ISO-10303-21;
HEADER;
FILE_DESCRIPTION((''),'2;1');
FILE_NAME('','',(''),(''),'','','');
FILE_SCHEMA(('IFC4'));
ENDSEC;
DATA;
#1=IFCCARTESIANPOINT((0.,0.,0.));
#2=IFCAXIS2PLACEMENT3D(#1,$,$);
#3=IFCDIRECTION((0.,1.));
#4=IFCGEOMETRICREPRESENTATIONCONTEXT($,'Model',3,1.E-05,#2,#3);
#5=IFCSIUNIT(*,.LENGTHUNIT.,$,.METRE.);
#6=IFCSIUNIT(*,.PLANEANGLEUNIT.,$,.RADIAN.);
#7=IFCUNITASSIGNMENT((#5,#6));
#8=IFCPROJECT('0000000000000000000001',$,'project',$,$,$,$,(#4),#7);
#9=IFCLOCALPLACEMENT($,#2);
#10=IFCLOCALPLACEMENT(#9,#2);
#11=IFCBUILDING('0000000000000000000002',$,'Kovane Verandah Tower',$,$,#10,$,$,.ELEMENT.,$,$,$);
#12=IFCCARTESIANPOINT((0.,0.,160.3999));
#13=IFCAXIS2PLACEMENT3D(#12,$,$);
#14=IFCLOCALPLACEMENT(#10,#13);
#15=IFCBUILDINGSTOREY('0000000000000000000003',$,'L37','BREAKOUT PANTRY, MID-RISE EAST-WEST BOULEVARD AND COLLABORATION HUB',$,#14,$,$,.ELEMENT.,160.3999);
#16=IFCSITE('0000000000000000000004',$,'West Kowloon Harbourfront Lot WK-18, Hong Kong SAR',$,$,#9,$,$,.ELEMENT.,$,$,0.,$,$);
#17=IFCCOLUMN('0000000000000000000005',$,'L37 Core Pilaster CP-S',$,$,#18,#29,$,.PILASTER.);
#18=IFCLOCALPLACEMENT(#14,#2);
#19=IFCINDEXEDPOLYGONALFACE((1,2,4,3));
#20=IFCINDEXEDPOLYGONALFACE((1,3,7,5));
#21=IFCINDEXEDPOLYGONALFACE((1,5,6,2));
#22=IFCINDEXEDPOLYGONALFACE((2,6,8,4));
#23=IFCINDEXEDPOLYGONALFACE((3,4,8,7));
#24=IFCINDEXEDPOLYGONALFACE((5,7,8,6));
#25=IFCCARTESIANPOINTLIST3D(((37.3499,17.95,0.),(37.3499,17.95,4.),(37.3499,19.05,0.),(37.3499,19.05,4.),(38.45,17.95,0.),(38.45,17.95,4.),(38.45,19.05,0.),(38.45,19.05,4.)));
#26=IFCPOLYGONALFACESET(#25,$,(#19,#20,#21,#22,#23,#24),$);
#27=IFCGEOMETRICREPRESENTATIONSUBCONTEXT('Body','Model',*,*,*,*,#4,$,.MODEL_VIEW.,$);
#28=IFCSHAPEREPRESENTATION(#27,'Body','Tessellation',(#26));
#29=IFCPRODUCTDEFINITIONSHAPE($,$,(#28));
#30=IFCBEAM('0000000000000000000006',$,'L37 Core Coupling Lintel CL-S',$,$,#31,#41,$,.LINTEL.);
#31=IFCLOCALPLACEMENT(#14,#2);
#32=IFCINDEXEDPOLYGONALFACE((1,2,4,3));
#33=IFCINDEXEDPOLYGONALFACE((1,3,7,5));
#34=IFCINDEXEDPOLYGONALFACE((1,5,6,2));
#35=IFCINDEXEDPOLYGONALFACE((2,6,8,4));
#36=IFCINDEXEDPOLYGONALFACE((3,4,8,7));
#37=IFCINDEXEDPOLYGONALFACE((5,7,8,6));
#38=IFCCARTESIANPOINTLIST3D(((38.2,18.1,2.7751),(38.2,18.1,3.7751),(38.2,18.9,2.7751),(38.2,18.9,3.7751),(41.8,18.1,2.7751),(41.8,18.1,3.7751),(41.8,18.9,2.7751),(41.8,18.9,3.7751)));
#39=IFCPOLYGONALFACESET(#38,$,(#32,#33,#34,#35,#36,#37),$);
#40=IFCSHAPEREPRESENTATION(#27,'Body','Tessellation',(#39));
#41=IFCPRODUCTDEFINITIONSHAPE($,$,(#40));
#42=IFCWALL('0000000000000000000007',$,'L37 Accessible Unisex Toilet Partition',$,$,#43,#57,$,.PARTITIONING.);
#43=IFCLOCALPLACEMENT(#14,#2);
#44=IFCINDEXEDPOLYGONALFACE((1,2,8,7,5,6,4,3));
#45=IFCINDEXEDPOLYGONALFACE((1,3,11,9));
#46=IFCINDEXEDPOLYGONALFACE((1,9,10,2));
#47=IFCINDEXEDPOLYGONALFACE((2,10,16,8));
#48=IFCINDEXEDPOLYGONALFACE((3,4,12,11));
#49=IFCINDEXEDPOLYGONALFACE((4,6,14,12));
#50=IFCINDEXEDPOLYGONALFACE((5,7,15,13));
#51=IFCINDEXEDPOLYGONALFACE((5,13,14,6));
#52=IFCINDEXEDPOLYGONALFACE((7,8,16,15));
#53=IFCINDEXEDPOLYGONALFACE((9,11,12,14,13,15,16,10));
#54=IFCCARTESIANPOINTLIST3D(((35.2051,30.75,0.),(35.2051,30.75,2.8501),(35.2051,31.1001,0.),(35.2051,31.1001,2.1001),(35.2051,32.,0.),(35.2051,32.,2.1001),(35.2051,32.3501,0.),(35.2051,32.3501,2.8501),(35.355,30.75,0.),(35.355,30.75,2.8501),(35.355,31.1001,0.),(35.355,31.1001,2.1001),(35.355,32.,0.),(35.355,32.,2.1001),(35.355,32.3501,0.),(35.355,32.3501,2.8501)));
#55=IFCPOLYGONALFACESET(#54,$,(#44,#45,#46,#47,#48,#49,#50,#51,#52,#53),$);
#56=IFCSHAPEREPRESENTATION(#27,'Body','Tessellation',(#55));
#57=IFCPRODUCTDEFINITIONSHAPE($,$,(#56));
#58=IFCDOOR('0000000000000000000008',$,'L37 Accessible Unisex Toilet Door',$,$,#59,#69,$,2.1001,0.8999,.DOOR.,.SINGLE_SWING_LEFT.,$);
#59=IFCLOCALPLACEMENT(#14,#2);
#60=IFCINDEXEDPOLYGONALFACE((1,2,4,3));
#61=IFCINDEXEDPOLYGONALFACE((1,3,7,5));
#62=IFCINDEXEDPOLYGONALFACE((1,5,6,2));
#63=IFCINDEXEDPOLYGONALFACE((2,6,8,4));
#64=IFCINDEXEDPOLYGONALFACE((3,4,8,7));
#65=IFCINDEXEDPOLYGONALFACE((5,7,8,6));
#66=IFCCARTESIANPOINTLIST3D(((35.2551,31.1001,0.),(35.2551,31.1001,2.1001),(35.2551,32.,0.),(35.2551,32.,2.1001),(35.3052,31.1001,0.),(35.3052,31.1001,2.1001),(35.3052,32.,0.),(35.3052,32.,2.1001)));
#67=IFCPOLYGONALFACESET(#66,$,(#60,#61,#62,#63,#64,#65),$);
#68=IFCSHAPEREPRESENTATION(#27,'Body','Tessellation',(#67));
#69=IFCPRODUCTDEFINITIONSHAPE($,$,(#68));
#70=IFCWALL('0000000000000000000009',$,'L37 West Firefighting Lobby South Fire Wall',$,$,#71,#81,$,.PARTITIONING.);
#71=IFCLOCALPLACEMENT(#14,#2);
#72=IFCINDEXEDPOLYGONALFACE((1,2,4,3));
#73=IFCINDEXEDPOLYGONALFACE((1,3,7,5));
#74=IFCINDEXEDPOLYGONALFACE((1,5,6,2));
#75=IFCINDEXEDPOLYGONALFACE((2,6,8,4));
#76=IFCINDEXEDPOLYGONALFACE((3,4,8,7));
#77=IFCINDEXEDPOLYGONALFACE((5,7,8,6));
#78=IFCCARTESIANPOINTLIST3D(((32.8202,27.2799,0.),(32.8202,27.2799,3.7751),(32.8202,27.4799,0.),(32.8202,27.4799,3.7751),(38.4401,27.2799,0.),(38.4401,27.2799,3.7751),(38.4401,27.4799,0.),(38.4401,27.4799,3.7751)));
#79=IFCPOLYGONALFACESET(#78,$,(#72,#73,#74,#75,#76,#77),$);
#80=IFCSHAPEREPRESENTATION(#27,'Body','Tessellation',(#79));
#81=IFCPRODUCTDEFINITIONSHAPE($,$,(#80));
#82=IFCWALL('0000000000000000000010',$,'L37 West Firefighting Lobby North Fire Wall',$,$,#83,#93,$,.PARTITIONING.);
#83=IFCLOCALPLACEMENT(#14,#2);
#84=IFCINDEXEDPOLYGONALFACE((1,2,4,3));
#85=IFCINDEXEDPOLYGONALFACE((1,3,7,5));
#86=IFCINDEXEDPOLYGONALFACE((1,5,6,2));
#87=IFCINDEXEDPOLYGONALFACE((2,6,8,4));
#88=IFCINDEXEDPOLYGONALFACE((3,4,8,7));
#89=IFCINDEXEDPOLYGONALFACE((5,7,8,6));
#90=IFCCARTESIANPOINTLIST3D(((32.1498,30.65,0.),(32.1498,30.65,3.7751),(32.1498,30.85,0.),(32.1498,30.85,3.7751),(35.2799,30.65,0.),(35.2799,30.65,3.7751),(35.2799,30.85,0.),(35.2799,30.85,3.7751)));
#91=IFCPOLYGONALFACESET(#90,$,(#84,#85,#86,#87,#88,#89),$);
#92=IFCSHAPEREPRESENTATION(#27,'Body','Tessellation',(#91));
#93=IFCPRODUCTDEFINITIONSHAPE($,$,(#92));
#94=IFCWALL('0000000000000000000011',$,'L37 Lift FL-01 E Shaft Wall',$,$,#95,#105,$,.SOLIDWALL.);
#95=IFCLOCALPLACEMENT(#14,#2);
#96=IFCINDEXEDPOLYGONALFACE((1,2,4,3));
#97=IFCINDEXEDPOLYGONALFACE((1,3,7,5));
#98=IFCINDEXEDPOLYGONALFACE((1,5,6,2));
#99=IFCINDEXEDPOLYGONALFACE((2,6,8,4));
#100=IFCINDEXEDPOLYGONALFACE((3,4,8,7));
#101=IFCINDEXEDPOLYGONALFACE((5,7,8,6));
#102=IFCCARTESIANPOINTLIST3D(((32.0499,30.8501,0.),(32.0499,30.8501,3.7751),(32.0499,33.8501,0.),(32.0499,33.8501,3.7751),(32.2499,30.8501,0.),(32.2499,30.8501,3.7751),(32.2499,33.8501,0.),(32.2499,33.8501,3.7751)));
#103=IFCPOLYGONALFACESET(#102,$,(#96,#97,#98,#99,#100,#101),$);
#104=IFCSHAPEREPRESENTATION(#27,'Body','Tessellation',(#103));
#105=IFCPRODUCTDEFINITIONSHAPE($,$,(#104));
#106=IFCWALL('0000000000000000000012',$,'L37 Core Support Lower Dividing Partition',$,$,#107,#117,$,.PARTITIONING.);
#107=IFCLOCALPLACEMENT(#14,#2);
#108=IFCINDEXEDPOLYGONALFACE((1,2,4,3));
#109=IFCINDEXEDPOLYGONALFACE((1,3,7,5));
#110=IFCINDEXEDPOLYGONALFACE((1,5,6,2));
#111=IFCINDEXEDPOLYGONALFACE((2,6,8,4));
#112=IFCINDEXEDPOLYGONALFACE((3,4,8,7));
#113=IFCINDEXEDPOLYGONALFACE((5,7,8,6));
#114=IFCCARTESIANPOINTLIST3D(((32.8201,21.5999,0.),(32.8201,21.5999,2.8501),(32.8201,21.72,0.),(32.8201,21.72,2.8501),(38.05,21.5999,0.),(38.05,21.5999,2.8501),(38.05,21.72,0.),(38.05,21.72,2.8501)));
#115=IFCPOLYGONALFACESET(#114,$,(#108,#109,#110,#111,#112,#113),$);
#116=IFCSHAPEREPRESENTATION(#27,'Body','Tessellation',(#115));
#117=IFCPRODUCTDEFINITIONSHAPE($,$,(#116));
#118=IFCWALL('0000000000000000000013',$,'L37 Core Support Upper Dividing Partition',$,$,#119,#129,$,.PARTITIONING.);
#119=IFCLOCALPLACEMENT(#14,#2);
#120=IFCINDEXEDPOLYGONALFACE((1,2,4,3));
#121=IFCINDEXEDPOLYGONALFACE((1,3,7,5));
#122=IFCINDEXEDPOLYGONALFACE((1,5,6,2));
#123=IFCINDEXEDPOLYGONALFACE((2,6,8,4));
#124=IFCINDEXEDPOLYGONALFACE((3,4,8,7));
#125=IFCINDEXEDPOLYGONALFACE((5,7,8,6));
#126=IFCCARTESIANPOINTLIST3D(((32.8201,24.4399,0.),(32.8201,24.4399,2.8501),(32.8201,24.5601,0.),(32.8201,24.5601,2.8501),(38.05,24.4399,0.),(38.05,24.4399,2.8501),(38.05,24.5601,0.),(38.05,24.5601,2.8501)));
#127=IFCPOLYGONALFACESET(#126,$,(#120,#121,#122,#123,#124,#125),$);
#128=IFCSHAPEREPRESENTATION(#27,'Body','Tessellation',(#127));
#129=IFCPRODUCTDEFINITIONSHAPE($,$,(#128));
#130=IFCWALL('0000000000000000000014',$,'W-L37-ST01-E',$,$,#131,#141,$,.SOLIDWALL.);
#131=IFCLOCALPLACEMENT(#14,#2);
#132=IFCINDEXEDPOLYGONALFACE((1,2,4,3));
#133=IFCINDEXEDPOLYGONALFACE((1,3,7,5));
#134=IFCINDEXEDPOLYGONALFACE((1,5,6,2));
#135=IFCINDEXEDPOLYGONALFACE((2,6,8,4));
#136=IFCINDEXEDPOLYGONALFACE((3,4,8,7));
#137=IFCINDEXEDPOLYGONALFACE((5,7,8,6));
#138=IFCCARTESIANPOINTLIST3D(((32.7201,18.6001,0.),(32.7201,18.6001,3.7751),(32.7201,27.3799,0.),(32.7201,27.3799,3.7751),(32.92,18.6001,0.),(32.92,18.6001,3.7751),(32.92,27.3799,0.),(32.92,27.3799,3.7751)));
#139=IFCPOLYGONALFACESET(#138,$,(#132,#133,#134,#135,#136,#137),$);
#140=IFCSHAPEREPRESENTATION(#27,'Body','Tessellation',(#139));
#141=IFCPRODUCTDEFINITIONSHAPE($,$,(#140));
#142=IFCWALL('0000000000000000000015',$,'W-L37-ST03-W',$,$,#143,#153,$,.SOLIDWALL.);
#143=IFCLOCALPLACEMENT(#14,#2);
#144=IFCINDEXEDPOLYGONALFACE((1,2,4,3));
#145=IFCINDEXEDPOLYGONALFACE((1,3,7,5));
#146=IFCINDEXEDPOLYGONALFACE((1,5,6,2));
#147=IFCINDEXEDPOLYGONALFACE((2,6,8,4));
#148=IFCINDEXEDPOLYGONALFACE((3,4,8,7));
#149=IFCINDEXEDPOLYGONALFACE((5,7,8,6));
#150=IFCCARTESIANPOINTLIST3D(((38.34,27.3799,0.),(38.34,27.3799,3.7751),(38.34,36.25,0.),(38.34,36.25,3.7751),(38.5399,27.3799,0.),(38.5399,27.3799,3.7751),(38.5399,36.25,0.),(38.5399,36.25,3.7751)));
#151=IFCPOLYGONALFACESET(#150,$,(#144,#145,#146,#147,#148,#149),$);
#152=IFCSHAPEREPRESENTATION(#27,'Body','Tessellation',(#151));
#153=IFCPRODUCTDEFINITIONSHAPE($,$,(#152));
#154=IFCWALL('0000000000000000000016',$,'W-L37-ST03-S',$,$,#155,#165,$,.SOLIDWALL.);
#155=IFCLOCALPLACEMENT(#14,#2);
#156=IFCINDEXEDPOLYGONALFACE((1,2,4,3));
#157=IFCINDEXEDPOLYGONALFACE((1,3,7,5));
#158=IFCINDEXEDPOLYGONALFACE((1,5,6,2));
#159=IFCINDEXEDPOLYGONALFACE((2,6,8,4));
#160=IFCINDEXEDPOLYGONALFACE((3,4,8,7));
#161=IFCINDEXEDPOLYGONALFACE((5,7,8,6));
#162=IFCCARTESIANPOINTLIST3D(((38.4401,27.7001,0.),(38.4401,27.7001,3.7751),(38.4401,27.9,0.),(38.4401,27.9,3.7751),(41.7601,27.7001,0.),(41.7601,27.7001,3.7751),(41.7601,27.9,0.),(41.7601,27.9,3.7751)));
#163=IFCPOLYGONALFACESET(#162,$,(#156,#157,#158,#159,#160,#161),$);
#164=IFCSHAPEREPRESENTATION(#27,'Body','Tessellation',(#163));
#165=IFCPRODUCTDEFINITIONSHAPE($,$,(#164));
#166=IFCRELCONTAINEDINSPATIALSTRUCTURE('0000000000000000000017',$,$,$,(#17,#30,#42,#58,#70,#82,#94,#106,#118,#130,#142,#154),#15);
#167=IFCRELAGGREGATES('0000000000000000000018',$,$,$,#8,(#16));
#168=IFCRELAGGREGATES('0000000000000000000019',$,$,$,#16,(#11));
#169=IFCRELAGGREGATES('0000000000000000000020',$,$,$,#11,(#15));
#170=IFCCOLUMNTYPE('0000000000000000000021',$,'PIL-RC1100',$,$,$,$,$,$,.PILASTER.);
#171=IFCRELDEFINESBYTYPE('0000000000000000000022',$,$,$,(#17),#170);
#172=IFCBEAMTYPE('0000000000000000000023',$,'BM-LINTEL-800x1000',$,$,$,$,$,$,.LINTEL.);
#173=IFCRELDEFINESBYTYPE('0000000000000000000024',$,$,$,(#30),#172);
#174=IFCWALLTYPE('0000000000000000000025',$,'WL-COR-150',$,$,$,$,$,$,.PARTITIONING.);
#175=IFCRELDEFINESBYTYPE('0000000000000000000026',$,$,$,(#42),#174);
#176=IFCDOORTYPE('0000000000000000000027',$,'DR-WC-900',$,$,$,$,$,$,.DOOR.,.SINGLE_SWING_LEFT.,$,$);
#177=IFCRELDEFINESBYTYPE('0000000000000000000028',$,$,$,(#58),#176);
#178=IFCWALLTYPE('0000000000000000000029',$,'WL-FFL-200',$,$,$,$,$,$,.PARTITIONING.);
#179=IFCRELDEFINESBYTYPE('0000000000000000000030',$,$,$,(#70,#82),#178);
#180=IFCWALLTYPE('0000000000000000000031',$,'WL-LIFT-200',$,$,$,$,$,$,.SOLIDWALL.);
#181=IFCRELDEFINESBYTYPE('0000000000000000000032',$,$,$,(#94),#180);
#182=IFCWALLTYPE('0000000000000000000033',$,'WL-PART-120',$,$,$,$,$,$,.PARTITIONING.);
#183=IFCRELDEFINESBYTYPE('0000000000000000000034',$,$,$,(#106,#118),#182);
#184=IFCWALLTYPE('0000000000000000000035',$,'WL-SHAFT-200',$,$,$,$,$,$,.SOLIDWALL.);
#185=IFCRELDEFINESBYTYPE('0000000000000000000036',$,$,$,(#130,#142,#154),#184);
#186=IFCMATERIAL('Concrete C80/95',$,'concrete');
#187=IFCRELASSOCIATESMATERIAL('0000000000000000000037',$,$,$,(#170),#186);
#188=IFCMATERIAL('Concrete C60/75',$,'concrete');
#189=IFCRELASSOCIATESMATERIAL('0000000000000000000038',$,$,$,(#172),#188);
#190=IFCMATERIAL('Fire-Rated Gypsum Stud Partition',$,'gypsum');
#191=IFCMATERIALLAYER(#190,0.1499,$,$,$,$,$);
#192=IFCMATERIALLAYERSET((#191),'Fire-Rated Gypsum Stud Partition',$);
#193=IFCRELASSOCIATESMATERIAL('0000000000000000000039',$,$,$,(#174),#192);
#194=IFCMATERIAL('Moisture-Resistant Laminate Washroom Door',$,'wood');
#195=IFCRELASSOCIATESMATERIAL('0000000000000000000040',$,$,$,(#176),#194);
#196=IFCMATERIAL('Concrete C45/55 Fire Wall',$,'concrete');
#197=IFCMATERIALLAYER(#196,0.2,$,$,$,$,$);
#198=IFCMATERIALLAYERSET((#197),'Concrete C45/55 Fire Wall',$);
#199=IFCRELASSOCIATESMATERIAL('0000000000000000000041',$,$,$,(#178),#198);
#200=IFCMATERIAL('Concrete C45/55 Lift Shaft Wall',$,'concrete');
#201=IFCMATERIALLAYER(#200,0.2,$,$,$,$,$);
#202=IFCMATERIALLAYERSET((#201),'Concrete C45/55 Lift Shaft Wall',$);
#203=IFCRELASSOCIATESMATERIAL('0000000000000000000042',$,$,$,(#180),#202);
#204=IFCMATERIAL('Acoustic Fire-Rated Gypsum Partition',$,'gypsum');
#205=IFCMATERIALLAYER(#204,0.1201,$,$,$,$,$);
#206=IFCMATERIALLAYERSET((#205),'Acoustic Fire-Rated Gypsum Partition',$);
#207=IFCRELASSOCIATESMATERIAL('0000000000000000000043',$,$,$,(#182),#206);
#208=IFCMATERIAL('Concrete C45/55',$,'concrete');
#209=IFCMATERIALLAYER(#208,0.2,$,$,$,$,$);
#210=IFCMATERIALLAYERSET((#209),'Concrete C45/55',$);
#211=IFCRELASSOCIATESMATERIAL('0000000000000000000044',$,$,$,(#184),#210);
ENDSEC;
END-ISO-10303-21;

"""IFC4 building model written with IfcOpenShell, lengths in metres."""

from ifc_helpers import new_model, si_unit, direction, frame, frame_2d, origin, origin_2d, place, context, subcontext, project, spatial, rectangle, extrude, material, layer, layer_set, material_profile, profile_set, type_object, element, fill, save


model = new_model("IFC4")

# Units and contexts
model_context = context("Model", 3, precision=1e-05, world=origin(), true_north=direction((0.0, 1.0)))
body_context = subcontext(model_context, "Body", "Model", "MODEL_VIEW")
ifc_project = project(units=[si_unit("LENGTHUNIT", "METRE"), si_unit("PLANEANGLEUNIT", "RADIAN")], contexts=[model_context])

# Site, building, storey
site_placement = place(None, origin())
site = spatial("IfcSite", under=ifc_project, at=site_placement, Name="West Kowloon Harbourfront Lot WK-18, Hong Kong SAR", CompositionType="ELEMENT", RefElevation=0.0)
building_placement = place(site_placement, origin())
building = spatial("IfcBuilding", under=site, at=building_placement, Name="Kovane Verandah Tower", CompositionType="ELEMENT")
storey_placement = place(building_placement, frame((0.0, 0.0, 160.3999)))
storey = spatial("IfcBuildingStorey", under=building, at=storey_placement, Name="L37", Description="BREAKOUT PANTRY, MID-RISE EAST-WEST BOULEVARD AND COLLABORATION HUB", CompositionType="ELEMENT", Elevation=160.3999)

# Column
ifc_material_1 = material(Name="Concrete C80/95", Category="concrete")
ifc_material_profile_1 = material_profile(ifc_material_1, rectangle(XDim=1.1001, YDim=1.1001, at=origin_2d()), Name="RC1100x1100")
ifc_profile_set_1 = profile_set([ifc_material_profile_1], Name="Concrete C80/95")
column_type = type_object("IfcColumnType", Name="PIL-RC1100", PredefinedType="PILASTER", material=ifc_profile_set_1)
column_placement = place(storey_placement, frame((37.8999, 18.5, 0.0), z_axis=(0.0, 0.0, 1.0), x_axis=(1.0, 0.0, 0.0)))
element("IfcColumn", 1, at=column_placement, inside=storey, type_object=column_type, Name="L37 Core Pilaster CP-S", PredefinedType="PILASTER", context=body_context, shape_type="SweptSolid", body=[
    extrude(rectangle(XDim=1.1001, YDim=1.1001, at=origin_2d()), origin(), (0.0, 0.0, 1.0), 4.0),
])

# Beam
ifc_material_2 = material(Name="Concrete C60/75", Category="concrete")
ifc_material_profile_2 = material_profile(ifc_material_2, rectangle(XDim=0.8, YDim=1.0, at=origin_2d()), Name="RCB800x1000")
ifc_profile_set_2 = profile_set([ifc_material_profile_2], Name="Concrete C60/75")
beam_type = type_object("IfcBeamType", Name="BM-LINTEL-800x1000", PredefinedType="LINTEL", material=ifc_profile_set_2)
beam_placement = place(storey_placement, frame((38.2, 18.5, 3.2751), z_axis=(1.0, 0.0, 0.0), x_axis=(0.0, 1.0, 0.0)))
element("IfcBeam", 2, at=beam_placement, inside=storey, type_object=beam_type, Name="L37 Core Coupling Lintel CL-S", PredefinedType="LINTEL", context=body_context, shape_type="SweptSolid", body=[
    extrude(rectangle(XDim=0.8, YDim=1.0, at=origin_2d()), origin(), (0.0, 0.0, 1.0), 3.6001),
])

# Wall, opening, door
ifc_material_3 = material(Name="Fire-Rated Gypsum Stud Partition", Category="gypsum")
ifc_layer_1 = layer(ifc_material_3, 0.1499)
ifc_layer_set_1 = layer_set([ifc_layer_1], Name="Fire-Rated Gypsum Stud Partition")
wall_type_1 = type_object("IfcWallType", Name="WL-COR-150", PredefinedType="PARTITIONING", material=ifc_layer_set_1)
wall_1_placement = place(storey_placement, frame((35.28, 30.75, 0.0), z_axis=(0.0, 0.0, 1.0), x_axis=(0.0, 1.0, 0.0)))
wall_1 = element("IfcWall", 3, at=wall_1_placement, inside=storey, type_object=wall_type_1, Name="L37 Accessible Unisex Toilet Partition", PredefinedType="PARTITIONING", context=body_context, shape_type="SweptSolid", body=[
    extrude(rectangle(XDim=1.6001, YDim=0.1499, at=frame_2d((0.8, 0.0))), origin(), (0.0, 0.0, 1.0), 2.8501),
])
opening_1_placement = place(wall_1_placement, frame((0.3501, 0.0, 0.0)))
opening_1 = element("IfcOpeningElement", 4, at=opening_1_placement, cuts=wall_1, PredefinedType="OPENING", context=body_context, shape_type="SweptSolid", body=[
    extrude(rectangle(XDim=0.8999, YDim=2.1001, at=frame_2d((0.45, 1.05))), frame((0.0, 0.075, 0.0), z_axis=(0.0, -1.0, 0.0), x_axis=(1.0, 0.0, 0.0)), (0.0, 0.0, 1.0), 0.1499),
])
ifc_material_4 = material(Name="Moisture-Resistant Laminate Washroom Door", Category="wood")
door_type_1 = type_object("IfcDoorType", Name="DR-WC-900", OperationType="SINGLE_SWING_LEFT", PredefinedType="DOOR", material=ifc_material_4)
door_1_placement = place(opening_1_placement, origin())
door_1 = element("IfcDoor", 5, at=door_1_placement, inside=storey, type_object=door_type_1, Name="L37 Accessible Unisex Toilet Door", OperationType="SINGLE_SWING_LEFT", OverallHeight=2.1001, OverallWidth=0.8999, PredefinedType="DOOR", context=body_context, shape_type="SweptSolid", body=[
    extrude(rectangle(XDim=0.8999, YDim=2.1001, at=frame_2d((0.45, 1.05))), frame((0.0, 0.0249, 0.0), z_axis=(0.0, -1.0, 0.0), x_axis=(1.0, 0.0, 0.0)), (0.0, 0.0, 1.0), 0.05),
])
fill(opening_1, door_1)
ifc_material_5 = material(Name="Concrete C45/55 Fire Wall", Category="concrete")
ifc_layer_2 = layer(ifc_material_5, 0.2)
ifc_layer_set_2 = layer_set([ifc_layer_2], Name="Concrete C45/55 Fire Wall")
wall_type_2 = type_object("IfcWallType", Name="WL-FFL-200", PredefinedType="PARTITIONING", material=ifc_layer_set_2)

# Walls
wall_2_placement = place(storey_placement, frame((32.8201, 27.3799, 0.0), z_axis=(0.0, 0.0, 1.0), x_axis=(1.0, 0.0, 0.0)))
element("IfcWall", 6, at=wall_2_placement, inside=storey, type_object=wall_type_2, Name="L37 West Firefighting Lobby South Fire Wall", PredefinedType="PARTITIONING", context=body_context, shape_type="SweptSolid", body=[
    extrude(rectangle(XDim=5.6199, YDim=0.2, at=frame_2d((2.8101, 0.0))), origin(), (0.0, 0.0, 1.0), 3.7751),
])
wall_3_placement = place(storey_placement, frame((32.1499, 30.75, 0.0), z_axis=(0.0, 0.0, 1.0), x_axis=(1.0, 0.0, 0.0)))
element("IfcWall", 7, at=wall_3_placement, inside=storey, type_object=wall_type_2, Name="L37 West Firefighting Lobby North Fire Wall", PredefinedType="PARTITIONING", context=body_context, shape_type="SweptSolid", body=[
    extrude(rectangle(XDim=3.1301, YDim=0.2, at=frame_2d((1.5649, 0.0))), origin(), (0.0, 0.0, 1.0), 3.7751),
])
ifc_material_6 = material(Name="Concrete C45/55 Lift Shaft Wall", Category="concrete")
ifc_layer_3 = layer(ifc_material_6, 0.2)
ifc_layer_set_3 = layer_set([ifc_layer_3], Name="Concrete C45/55 Lift Shaft Wall")
wall_type_3 = type_object("IfcWallType", Name="WL-LIFT-200", PredefinedType="SOLIDWALL", material=ifc_layer_set_3)
wall_4_placement = place(storey_placement, frame((32.1499, 30.8501, 0.0), z_axis=(0.0, 0.0, 1.0), x_axis=(0.0, 1.0, 0.0)))
element("IfcWall", 8, at=wall_4_placement, inside=storey, type_object=wall_type_3, Name="L37 Lift FL-01 E Shaft Wall", PredefinedType="SOLIDWALL", context=body_context, shape_type="SweptSolid", body=[
    extrude(rectangle(XDim=3.0, YDim=0.2, at=frame_2d((1.5, 0.0))), origin(), (0.0, 0.0, 1.0), 3.7751),
])
ifc_material_7 = material(Name="Acoustic Fire-Rated Gypsum Partition", Category="gypsum")
ifc_layer_4 = layer(ifc_material_7, 0.1201)
ifc_layer_set_4 = layer_set([ifc_layer_4], Name="Acoustic Fire-Rated Gypsum Partition")
wall_type_4 = type_object("IfcWallType", Name="WL-PART-120", PredefinedType="PARTITIONING", material=ifc_layer_set_4)
for number, where, z_axis, x_axis, name in (
    (9, (32.8201, 21.6599, 0.0), (0.0, 0.0, 1.0), (1.0, 0.0, 0.0), "L37 Core Support Lower Dividing Partition"),
    (10, (32.8201, 24.5, 0.0), (0.0, 0.0, 1.0), (1.0, 0.0, 0.0), "L37 Core Support Upper Dividing Partition"),
):
    element("IfcWall", number, at=place(storey_placement, frame(where, z_axis=z_axis, x_axis=x_axis)), inside=storey, type_object=wall_type_4, Name=name, PredefinedType="PARTITIONING", context=body_context, shape_type="SweptSolid", body=[
        extrude(rectangle(XDim=5.23, YDim=0.1201, at=frame_2d((2.615, 0.0))), origin(), (0.0, 0.0, 1.0), 2.8501),
    ])
ifc_material_8 = material(Name="Concrete C45/55", Category="concrete")
ifc_layer_5 = layer(ifc_material_8, 0.2)
ifc_layer_set_5 = layer_set([ifc_layer_5], Name="Concrete C45/55")
wall_type_5 = type_object("IfcWallType", Name="WL-SHAFT-200", PredefinedType="SOLIDWALL", material=ifc_layer_set_5)
wall_5_placement = place(storey_placement, frame((32.8201, 18.6001, 0.0), z_axis=(0.0, 0.0, 1.0), x_axis=(0.0, 1.0, 0.0)))
element("IfcWall", 11, at=wall_5_placement, inside=storey, type_object=wall_type_5, Name="W-L37-ST01-E", PredefinedType="SOLIDWALL", context=body_context, shape_type="SweptSolid", body=[
    extrude(rectangle(XDim=8.7798, YDim=0.2, at=frame_2d((4.3899, 0.0))), origin(), (0.0, 0.0, 1.0), 3.7751),
])
wall_6_placement = place(storey_placement, frame((38.4399, 27.3799, 0.0), z_axis=(0.0, 0.0, 1.0), x_axis=(0.0, 1.0, 0.0)))
element("IfcWall", 12, at=wall_6_placement, inside=storey, type_object=wall_type_5, Name="W-L37-ST03-W", PredefinedType="SOLIDWALL", context=body_context, shape_type="SweptSolid", body=[
    extrude(rectangle(XDim=8.8701, YDim=0.2, at=frame_2d((4.4351, 0.0))), origin(), (0.0, 0.0, 1.0), 3.7751),
])
wall_7_placement = place(storey_placement, frame((38.4399, 27.8, 0.0), z_axis=(0.0, 0.0, 1.0), x_axis=(1.0, 0.0, 0.0)))
element("IfcWall", 13, at=wall_7_placement, inside=storey, type_object=wall_type_5, Name="W-L37-ST03-S", PredefinedType="SOLIDWALL", context=body_context, shape_type="SweptSolid", body=[
    extrude(rectangle(XDim=3.3201, YDim=0.2, at=frame_2d((1.6602, 0.0))), origin(), (0.0, 0.0, 1.0), 3.7751),
])

save(model, "model.ifc")
